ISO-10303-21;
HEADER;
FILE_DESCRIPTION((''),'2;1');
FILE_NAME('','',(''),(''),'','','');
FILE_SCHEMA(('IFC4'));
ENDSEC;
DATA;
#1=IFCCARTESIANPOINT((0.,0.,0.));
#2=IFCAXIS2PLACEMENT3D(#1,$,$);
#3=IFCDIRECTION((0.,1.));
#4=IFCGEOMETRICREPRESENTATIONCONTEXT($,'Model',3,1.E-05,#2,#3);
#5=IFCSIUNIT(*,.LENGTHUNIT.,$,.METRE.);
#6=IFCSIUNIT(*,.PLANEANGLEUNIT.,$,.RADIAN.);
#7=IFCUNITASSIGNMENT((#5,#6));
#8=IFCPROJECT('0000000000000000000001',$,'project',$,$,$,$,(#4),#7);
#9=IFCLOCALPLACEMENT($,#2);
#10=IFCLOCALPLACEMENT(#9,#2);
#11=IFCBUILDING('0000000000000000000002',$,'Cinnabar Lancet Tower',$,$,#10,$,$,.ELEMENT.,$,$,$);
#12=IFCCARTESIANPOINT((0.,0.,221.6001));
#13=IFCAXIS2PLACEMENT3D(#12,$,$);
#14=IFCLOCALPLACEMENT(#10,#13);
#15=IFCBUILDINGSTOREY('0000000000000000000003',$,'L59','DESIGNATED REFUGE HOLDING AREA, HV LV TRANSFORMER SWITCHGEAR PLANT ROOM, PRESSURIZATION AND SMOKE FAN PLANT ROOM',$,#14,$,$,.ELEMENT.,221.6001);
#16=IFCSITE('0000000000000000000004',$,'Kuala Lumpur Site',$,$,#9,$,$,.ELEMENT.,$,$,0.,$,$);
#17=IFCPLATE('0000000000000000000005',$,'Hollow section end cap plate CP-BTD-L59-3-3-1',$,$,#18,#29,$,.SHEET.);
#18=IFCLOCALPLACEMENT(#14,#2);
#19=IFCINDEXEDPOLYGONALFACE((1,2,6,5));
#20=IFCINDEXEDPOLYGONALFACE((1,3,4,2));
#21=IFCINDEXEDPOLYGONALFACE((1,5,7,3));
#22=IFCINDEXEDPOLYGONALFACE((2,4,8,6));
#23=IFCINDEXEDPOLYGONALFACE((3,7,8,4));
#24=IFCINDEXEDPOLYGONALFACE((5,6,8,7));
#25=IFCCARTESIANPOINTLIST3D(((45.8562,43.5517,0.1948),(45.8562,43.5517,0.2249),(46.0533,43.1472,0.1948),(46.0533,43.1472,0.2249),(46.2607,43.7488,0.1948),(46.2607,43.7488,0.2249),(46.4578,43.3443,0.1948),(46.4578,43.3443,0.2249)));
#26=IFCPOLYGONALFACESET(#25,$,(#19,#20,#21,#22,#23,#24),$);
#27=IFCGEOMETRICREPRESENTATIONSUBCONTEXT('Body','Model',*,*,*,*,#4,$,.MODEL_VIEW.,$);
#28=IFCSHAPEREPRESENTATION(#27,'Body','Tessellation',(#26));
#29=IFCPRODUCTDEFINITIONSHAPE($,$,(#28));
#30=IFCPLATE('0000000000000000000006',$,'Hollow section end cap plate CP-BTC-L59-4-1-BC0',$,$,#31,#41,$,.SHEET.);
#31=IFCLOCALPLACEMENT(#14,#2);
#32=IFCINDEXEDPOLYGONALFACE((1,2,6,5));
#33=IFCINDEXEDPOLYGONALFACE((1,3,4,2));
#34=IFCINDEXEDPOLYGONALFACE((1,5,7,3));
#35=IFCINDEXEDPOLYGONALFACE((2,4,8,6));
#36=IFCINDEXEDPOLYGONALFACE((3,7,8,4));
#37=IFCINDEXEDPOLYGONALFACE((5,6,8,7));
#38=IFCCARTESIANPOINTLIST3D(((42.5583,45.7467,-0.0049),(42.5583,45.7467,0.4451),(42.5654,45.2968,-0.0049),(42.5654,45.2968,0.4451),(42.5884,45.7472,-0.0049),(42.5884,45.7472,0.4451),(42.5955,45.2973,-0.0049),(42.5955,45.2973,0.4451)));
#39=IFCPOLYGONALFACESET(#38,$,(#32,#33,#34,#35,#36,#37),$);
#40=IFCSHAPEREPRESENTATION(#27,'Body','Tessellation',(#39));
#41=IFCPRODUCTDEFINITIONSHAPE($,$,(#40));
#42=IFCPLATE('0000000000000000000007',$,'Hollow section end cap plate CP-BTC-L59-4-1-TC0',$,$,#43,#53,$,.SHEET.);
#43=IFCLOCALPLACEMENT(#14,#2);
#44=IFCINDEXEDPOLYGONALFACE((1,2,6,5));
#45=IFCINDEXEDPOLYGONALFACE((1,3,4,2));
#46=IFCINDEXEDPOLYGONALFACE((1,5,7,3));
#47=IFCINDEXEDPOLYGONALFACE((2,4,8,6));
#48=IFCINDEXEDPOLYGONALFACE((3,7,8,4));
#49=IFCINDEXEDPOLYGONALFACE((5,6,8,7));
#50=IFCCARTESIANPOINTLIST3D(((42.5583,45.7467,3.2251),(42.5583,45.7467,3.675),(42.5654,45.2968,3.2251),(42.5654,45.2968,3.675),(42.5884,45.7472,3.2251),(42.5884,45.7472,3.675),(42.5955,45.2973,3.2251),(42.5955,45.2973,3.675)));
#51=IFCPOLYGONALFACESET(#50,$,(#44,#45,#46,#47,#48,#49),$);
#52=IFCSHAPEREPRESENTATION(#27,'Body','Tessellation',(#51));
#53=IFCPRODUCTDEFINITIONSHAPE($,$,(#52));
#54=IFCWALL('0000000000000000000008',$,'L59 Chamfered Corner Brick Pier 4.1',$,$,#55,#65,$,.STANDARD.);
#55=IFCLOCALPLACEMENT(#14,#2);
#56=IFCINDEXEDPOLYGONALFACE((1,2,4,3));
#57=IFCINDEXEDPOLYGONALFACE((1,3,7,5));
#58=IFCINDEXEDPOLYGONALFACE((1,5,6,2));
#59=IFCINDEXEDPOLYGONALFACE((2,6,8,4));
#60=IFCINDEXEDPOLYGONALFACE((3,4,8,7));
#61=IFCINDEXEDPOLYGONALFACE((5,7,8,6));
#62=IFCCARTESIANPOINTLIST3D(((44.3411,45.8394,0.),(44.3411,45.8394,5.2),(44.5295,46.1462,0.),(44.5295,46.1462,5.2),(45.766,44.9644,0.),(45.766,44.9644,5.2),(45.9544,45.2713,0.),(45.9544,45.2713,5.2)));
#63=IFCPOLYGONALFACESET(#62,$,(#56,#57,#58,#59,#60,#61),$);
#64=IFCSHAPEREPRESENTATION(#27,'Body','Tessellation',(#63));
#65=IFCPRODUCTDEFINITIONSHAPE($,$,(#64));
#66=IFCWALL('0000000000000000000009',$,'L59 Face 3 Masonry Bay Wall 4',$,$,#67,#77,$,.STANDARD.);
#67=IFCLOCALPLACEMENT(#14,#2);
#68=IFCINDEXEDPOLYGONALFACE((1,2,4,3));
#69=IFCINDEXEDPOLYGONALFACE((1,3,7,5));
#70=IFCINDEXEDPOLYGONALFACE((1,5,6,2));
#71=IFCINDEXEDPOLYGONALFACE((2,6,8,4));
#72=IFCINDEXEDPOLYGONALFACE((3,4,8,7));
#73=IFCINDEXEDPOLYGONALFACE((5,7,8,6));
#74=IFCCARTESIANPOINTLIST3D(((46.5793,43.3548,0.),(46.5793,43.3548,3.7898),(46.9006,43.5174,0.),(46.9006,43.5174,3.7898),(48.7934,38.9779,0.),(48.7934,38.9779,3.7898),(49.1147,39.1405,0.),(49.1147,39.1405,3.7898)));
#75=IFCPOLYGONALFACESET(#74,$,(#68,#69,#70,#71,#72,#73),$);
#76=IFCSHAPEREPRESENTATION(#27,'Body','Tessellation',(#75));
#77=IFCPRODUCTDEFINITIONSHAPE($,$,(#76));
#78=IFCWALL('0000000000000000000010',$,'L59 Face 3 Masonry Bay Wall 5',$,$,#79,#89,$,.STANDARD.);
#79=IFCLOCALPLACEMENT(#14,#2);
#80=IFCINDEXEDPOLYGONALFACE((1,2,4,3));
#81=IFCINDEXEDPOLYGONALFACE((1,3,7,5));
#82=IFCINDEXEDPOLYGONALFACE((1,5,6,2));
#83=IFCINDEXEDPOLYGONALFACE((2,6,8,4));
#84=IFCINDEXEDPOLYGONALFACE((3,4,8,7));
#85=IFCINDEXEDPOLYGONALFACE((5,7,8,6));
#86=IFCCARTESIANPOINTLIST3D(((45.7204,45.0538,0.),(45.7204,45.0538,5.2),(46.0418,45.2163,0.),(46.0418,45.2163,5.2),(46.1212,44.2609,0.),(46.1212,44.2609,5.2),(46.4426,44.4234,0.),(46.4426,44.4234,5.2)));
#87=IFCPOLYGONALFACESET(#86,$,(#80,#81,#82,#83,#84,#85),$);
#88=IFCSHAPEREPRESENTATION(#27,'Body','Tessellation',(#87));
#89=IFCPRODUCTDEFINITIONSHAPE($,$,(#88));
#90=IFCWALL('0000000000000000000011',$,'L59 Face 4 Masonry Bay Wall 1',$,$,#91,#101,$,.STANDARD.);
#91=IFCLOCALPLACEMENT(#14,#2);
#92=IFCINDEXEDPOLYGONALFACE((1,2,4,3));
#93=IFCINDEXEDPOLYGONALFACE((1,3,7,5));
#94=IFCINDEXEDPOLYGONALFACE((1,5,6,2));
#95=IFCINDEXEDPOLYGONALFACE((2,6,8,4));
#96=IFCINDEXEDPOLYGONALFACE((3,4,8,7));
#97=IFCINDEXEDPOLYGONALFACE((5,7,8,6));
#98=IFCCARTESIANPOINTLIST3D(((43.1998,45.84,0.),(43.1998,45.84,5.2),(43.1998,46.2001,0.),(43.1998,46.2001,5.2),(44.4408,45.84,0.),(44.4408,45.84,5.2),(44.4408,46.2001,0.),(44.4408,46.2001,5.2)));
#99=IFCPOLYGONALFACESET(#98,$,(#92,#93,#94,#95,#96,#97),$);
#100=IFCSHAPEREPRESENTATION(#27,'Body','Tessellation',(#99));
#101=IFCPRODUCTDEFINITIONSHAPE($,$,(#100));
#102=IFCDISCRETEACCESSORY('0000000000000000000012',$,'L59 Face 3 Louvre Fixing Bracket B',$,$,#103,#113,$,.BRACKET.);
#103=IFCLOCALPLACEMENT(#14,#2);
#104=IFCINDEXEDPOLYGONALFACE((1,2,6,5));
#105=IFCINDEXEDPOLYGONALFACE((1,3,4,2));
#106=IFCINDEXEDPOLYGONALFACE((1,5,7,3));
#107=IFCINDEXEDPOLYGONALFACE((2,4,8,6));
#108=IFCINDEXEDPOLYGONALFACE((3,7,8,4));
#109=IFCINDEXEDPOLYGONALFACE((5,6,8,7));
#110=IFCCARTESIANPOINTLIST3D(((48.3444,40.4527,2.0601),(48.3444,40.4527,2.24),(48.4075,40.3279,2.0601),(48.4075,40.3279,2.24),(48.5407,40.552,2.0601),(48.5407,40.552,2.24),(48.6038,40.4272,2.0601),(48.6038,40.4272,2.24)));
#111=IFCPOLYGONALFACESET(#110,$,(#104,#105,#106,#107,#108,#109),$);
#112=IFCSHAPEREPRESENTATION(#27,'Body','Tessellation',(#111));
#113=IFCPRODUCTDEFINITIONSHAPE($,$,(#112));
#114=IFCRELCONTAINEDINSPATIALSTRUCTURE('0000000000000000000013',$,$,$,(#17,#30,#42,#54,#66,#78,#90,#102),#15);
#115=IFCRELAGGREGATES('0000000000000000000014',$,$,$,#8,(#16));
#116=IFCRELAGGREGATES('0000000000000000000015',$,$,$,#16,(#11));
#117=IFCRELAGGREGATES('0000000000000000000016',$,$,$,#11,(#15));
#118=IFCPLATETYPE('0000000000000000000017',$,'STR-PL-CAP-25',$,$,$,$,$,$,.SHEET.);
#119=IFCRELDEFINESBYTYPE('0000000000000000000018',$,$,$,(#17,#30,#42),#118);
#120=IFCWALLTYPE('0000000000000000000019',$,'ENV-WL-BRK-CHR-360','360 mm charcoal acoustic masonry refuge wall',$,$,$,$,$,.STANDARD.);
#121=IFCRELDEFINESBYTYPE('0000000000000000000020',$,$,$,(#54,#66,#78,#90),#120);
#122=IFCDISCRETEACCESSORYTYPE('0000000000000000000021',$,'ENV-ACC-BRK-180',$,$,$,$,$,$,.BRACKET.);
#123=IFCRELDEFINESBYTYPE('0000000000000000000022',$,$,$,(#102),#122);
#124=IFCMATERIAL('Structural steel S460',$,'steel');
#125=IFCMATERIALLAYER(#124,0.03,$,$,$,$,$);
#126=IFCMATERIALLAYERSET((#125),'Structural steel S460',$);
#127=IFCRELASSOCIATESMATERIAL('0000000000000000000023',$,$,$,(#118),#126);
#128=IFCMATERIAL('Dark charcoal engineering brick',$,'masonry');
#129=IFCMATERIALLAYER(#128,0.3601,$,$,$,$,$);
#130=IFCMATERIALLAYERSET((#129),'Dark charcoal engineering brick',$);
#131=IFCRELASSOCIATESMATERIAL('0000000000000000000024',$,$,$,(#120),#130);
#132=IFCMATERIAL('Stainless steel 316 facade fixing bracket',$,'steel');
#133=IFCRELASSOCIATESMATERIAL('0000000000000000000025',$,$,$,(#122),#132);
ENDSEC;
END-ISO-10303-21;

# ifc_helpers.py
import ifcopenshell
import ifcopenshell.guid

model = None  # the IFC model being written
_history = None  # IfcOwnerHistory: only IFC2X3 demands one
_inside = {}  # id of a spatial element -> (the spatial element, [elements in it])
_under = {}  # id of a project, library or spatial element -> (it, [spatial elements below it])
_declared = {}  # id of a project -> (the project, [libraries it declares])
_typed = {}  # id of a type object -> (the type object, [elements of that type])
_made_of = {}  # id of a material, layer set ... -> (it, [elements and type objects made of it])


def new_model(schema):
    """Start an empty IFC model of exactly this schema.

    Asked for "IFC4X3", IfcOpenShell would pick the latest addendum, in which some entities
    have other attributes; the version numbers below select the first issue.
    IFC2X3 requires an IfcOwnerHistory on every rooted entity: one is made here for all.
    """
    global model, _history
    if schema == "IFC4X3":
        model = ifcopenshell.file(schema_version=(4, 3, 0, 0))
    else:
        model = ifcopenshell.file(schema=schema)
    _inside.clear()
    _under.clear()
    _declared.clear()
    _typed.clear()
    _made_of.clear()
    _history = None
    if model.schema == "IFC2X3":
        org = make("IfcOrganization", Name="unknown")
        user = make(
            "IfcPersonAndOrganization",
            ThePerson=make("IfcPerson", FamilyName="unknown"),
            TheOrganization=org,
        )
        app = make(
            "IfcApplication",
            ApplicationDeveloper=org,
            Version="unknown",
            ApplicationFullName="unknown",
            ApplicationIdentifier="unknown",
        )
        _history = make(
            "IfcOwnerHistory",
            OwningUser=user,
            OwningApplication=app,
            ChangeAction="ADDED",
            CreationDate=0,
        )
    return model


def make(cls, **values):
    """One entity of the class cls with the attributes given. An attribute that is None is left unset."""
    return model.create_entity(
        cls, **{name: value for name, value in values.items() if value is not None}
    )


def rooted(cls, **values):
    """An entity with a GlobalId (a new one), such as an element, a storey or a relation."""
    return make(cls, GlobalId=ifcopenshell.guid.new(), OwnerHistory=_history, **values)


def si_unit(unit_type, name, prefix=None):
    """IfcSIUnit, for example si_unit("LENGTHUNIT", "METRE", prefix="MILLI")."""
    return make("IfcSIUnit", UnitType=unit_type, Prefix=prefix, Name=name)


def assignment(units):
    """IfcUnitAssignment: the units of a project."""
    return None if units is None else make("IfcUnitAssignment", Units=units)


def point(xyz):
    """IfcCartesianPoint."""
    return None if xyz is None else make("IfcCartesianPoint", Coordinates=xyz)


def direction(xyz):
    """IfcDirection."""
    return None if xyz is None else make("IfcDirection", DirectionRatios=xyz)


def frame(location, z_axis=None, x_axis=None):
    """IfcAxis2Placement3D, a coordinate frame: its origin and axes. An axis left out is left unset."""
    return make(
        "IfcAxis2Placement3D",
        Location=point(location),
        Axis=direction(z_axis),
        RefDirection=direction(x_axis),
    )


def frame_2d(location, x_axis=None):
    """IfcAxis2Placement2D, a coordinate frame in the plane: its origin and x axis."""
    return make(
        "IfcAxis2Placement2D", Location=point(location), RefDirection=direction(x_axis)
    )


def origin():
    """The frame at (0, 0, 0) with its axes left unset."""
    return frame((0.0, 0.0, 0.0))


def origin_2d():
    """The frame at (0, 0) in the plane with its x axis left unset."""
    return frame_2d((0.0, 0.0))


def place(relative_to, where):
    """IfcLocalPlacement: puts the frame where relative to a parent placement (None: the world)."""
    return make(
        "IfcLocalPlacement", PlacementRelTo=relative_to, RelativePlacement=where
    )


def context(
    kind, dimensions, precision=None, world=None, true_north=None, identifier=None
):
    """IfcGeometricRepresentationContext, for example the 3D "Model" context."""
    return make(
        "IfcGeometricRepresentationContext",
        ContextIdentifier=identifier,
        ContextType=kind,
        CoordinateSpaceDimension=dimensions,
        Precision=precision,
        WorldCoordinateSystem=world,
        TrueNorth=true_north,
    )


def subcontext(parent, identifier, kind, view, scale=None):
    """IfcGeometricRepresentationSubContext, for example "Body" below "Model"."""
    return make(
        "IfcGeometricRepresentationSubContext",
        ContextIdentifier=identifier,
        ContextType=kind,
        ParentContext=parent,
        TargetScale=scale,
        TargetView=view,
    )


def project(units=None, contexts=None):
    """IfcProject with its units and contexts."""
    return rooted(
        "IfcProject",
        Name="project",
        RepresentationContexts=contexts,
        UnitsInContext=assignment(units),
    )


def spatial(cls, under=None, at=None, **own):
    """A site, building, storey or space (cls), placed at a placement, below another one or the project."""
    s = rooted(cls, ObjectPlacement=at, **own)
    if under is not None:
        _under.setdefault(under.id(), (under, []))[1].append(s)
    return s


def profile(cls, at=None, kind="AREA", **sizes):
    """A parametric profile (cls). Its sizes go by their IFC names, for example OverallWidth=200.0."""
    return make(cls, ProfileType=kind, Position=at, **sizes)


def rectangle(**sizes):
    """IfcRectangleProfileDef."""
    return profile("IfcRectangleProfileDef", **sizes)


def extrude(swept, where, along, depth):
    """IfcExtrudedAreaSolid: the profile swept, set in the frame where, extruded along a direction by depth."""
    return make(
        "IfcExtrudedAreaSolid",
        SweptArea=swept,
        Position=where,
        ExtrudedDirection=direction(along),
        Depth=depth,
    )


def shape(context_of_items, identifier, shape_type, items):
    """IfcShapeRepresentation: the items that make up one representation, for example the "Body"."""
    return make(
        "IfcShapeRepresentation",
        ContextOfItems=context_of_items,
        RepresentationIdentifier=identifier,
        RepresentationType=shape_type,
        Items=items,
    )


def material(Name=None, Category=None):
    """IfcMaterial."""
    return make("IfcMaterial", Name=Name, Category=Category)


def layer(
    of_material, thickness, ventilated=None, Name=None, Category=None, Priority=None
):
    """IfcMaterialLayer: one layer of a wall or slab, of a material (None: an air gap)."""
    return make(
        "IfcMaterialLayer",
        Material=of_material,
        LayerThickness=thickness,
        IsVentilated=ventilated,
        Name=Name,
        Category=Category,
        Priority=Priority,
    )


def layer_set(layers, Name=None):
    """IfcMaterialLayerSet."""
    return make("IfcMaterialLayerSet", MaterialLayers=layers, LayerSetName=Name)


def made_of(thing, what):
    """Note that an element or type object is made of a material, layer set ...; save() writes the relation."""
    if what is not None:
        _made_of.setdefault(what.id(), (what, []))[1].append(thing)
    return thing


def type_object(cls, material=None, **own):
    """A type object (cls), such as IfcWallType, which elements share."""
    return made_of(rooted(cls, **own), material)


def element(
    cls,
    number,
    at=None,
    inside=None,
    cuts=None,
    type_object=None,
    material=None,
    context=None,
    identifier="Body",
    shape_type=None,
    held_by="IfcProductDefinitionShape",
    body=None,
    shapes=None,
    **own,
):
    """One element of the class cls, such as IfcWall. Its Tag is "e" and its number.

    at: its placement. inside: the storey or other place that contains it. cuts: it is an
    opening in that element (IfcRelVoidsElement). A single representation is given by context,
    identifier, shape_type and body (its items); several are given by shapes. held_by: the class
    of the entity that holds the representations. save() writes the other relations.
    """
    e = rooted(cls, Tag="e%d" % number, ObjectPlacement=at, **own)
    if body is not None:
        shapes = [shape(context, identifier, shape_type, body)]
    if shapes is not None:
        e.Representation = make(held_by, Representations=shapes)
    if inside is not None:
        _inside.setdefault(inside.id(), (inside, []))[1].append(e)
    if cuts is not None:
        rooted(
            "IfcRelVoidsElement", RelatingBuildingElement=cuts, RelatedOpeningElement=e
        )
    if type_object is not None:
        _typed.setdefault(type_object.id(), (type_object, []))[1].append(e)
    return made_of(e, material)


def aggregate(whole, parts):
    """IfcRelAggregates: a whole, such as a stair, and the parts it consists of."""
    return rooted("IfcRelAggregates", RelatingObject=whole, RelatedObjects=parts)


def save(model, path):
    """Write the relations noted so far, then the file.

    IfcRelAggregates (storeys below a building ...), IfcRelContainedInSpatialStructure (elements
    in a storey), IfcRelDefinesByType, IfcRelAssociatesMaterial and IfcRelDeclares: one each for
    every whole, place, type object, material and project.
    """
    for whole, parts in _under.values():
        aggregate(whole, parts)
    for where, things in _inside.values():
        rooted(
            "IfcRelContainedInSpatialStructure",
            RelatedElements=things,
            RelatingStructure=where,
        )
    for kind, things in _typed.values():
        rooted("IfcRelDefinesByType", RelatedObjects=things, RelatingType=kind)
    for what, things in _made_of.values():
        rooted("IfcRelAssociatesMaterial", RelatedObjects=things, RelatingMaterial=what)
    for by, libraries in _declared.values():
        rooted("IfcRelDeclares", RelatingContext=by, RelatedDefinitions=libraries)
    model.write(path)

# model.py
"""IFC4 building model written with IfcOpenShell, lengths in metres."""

from ifc_helpers import new_model, si_unit, direction, frame, frame_2d, origin, origin_2d, place, context, subcontext, project, spatial, rectangle, extrude, material, layer, layer_set, type_object, element, save


model = new_model("IFC4")

# Units and contexts
model_context = context("Model", 3, precision=1e-05, world=origin(), true_north=direction((0.0, 1.0)))
body_context = subcontext(model_context, "Body", "Model", "MODEL_VIEW")
ifc_project = project(units=[si_unit("LENGTHUNIT", "METRE"), si_unit("PLANEANGLEUNIT", "RADIAN")], contexts=[model_context])

# Site, building, storey
site_placement = place(None, origin())
site = spatial("IfcSite", under=ifc_project, at=site_placement, Name="Kuala Lumpur Site", CompositionType="ELEMENT", RefElevation=0.0)
building_placement = place(site_placement, origin())
building = spatial("IfcBuilding", under=site, at=building_placement, Name="Cinnabar Lancet Tower", CompositionType="ELEMENT")
storey_placement = place(building_placement, frame((0.0, 0.0, 221.6001)))
storey = spatial("IfcBuildingStorey", under=building, at=storey_placement, Name="L59", Description="DESIGNATED REFUGE HOLDING AREA, HV LV TRANSFORMER SWITCHGEAR PLANT ROOM, PRESSURIZATION AND SMOKE FAN PLANT ROOM", CompositionType="ELEMENT", Elevation=221.6001)

# Plates
ifc_material_1 = material(Name="Structural steel S460", Category="steel")
ifc_layer_1 = layer(ifc_material_1, 0.03)
ifc_layer_set_1 = layer_set([ifc_layer_1], Name="Structural steel S460")
plate_type = type_object("IfcPlateType", Name="STR-PL-CAP-25", PredefinedType="SHEET", material=ifc_layer_set_1)
for number, where, z_axis, x_axis, name in (
    (1, (46.157, 43.448, 0.1948), (0.0, 0.0, 1.0), (-0.437963, 0.898993, 0.0), "Hollow section end cap plate CP-BTD-L59-3-3-1"),
):
    element("IfcPlate", number, at=place(storey_placement, frame(where, z_axis=z_axis, x_axis=x_axis)), inside=storey, type_object=plate_type, Name=name, PredefinedType="SHEET", context=body_context, shape_type="SweptSolid", body=[
        extrude(rectangle(XDim=0.45, YDim=0.45, at=origin_2d()), origin(), (0.0, 0.0, 1.0), 0.03),
    ])
for number, where, z_axis, x_axis, name in (
    (2, (42.5769, 45.522, -0.0049), (0.0, 0.0, 1.0), (0.999876, 0.015777, 0.0), "Hollow section end cap plate CP-BTC-L59-4-1-BC0"),
    (3, (42.5769, 45.522, 3.2251), (0.0, 0.0, 1.0), (0.999876, 0.015777, 0.0), "Hollow section end cap plate CP-BTC-L59-4-1-TC0"),
):
    element("IfcPlate", number, at=place(storey_placement, frame(where, z_axis=z_axis, x_axis=x_axis)), inside=storey, type_object=plate_type, Name=name, PredefinedType="SHEET", context=body_context, shape_type="SweptSolid", body=[
        extrude(rectangle(XDim=0.03, YDim=0.45, at=origin_2d()), origin(), (0.0, 0.0, 1.0), 0.45),
    ])

# Walls
ifc_material_2 = material(Name="Dark charcoal engineering brick", Category="masonry")
ifc_layer_2 = layer(ifc_material_2, 0.3601)
ifc_layer_set_2 = layer_set([ifc_layer_2], Name="Dark charcoal engineering brick")
wall_type = type_object("IfcWallType", Name="ENV-WL-BRK-CHR-360", Description="360 mm charcoal acoustic masonry refuge wall", PredefinedType="STANDARD", material=ifc_layer_set_2)
wall_1_placement = place(storey_placement, frame((45.8601, 45.1179, 0.0), z_axis=(0.0, 0.0, 1.0), x_axis=(-0.852179, 0.52325, 0.0)))
element("IfcWall", 4, at=wall_1_placement, inside=storey, type_object=wall_type, Name="L59 Chamfered Corner Brick Pier 4.1", PredefinedType="STANDARD", context=body_context, shape_type="SweptSolid", body=[
    extrude(rectangle(XDim=1.6721, YDim=0.3601, at=frame_2d((0.8359, 0.0))), origin(), (0.0, 0.0, 1.0), 5.2),
])
wall_2_placement = place(storey_placement, frame((48.9541, 39.0591, 0.0), z_axis=(0.0, 0.0, 1.0), x_axis=(-0.45139, 0.892327, 0.0)))
element("IfcWall", 5, at=wall_2_placement, inside=storey, type_object=wall_type, Name="L59 Face 3 Masonry Bay Wall 4", PredefinedType="STANDARD", context=body_context, shape_type="SweptSolid", body=[
    extrude(rectangle(XDim=4.905, YDim=0.3601, at=frame_2d((2.4526, 0.0))), origin(), (0.0, 0.0, 1.0), 3.7898),
])
wall_3_placement = place(storey_placement, frame((46.282, 44.342, 0.0), z_axis=(0.0, 0.0, 1.0), x_axis=(-0.451166, 0.89244, 0.0)))
element("IfcWall", 6, at=wall_3_placement, inside=storey, type_object=wall_type, Name="L59 Face 3 Masonry Bay Wall 5", PredefinedType="STANDARD", context=body_context, shape_type="SweptSolid", body=[
    extrude(rectangle(XDim=0.8884, YDim=0.3601, at=frame_2d((0.4443, 0.0))), origin(), (0.0, 0.0, 1.0), 5.2),
])
wall_4_placement = place(storey_placement, frame((44.4409, 46.02, 0.0), z_axis=(0.0, 0.0, 1.0), x_axis=(-1.0, 0.0, 0.0)))
element("IfcWall", 7, at=wall_4_placement, inside=storey, type_object=wall_type, Name="L59 Face 4 Masonry Bay Wall 1", PredefinedType="STANDARD", context=body_context, shape_type="SweptSolid", body=[
    extrude(rectangle(XDim=1.241, YDim=0.3601, at=frame_2d((0.6206, 0.0))), origin(), (0.0, 0.0, 1.0), 5.2),
])

# Discrete accessory
ifc_material_3 = material(Name="Stainless steel 316 facade fixing bracket", Category="steel")
discrete_accessory_type = type_object("IfcDiscreteAccessoryType", Name="ENV-ACC-BRK-180", PredefinedType="BRACKET", material=ifc_material_3)
discrete_accessory_placement = place(storey_placement, frame((48.4741, 40.4399, 2.0601), z_axis=(0.0, 0.0, 1.0), x_axis=(-0.451376, 0.892334, 0.0)))
element("IfcDiscreteAccessory", 8, at=discrete_accessory_placement, inside=storey, type_object=discrete_accessory_type, Name="L59 Face 3 Louvre Fixing Bracket B", PredefinedType="BRACKET", context=body_context, shape_type="SweptSolid", body=[
    extrude(rectangle(XDim=0.1399, YDim=0.22, at=origin_2d()), origin(), (0.0, 0.0, 1.0), 0.1799),
])

save(model, "model.ifc")
